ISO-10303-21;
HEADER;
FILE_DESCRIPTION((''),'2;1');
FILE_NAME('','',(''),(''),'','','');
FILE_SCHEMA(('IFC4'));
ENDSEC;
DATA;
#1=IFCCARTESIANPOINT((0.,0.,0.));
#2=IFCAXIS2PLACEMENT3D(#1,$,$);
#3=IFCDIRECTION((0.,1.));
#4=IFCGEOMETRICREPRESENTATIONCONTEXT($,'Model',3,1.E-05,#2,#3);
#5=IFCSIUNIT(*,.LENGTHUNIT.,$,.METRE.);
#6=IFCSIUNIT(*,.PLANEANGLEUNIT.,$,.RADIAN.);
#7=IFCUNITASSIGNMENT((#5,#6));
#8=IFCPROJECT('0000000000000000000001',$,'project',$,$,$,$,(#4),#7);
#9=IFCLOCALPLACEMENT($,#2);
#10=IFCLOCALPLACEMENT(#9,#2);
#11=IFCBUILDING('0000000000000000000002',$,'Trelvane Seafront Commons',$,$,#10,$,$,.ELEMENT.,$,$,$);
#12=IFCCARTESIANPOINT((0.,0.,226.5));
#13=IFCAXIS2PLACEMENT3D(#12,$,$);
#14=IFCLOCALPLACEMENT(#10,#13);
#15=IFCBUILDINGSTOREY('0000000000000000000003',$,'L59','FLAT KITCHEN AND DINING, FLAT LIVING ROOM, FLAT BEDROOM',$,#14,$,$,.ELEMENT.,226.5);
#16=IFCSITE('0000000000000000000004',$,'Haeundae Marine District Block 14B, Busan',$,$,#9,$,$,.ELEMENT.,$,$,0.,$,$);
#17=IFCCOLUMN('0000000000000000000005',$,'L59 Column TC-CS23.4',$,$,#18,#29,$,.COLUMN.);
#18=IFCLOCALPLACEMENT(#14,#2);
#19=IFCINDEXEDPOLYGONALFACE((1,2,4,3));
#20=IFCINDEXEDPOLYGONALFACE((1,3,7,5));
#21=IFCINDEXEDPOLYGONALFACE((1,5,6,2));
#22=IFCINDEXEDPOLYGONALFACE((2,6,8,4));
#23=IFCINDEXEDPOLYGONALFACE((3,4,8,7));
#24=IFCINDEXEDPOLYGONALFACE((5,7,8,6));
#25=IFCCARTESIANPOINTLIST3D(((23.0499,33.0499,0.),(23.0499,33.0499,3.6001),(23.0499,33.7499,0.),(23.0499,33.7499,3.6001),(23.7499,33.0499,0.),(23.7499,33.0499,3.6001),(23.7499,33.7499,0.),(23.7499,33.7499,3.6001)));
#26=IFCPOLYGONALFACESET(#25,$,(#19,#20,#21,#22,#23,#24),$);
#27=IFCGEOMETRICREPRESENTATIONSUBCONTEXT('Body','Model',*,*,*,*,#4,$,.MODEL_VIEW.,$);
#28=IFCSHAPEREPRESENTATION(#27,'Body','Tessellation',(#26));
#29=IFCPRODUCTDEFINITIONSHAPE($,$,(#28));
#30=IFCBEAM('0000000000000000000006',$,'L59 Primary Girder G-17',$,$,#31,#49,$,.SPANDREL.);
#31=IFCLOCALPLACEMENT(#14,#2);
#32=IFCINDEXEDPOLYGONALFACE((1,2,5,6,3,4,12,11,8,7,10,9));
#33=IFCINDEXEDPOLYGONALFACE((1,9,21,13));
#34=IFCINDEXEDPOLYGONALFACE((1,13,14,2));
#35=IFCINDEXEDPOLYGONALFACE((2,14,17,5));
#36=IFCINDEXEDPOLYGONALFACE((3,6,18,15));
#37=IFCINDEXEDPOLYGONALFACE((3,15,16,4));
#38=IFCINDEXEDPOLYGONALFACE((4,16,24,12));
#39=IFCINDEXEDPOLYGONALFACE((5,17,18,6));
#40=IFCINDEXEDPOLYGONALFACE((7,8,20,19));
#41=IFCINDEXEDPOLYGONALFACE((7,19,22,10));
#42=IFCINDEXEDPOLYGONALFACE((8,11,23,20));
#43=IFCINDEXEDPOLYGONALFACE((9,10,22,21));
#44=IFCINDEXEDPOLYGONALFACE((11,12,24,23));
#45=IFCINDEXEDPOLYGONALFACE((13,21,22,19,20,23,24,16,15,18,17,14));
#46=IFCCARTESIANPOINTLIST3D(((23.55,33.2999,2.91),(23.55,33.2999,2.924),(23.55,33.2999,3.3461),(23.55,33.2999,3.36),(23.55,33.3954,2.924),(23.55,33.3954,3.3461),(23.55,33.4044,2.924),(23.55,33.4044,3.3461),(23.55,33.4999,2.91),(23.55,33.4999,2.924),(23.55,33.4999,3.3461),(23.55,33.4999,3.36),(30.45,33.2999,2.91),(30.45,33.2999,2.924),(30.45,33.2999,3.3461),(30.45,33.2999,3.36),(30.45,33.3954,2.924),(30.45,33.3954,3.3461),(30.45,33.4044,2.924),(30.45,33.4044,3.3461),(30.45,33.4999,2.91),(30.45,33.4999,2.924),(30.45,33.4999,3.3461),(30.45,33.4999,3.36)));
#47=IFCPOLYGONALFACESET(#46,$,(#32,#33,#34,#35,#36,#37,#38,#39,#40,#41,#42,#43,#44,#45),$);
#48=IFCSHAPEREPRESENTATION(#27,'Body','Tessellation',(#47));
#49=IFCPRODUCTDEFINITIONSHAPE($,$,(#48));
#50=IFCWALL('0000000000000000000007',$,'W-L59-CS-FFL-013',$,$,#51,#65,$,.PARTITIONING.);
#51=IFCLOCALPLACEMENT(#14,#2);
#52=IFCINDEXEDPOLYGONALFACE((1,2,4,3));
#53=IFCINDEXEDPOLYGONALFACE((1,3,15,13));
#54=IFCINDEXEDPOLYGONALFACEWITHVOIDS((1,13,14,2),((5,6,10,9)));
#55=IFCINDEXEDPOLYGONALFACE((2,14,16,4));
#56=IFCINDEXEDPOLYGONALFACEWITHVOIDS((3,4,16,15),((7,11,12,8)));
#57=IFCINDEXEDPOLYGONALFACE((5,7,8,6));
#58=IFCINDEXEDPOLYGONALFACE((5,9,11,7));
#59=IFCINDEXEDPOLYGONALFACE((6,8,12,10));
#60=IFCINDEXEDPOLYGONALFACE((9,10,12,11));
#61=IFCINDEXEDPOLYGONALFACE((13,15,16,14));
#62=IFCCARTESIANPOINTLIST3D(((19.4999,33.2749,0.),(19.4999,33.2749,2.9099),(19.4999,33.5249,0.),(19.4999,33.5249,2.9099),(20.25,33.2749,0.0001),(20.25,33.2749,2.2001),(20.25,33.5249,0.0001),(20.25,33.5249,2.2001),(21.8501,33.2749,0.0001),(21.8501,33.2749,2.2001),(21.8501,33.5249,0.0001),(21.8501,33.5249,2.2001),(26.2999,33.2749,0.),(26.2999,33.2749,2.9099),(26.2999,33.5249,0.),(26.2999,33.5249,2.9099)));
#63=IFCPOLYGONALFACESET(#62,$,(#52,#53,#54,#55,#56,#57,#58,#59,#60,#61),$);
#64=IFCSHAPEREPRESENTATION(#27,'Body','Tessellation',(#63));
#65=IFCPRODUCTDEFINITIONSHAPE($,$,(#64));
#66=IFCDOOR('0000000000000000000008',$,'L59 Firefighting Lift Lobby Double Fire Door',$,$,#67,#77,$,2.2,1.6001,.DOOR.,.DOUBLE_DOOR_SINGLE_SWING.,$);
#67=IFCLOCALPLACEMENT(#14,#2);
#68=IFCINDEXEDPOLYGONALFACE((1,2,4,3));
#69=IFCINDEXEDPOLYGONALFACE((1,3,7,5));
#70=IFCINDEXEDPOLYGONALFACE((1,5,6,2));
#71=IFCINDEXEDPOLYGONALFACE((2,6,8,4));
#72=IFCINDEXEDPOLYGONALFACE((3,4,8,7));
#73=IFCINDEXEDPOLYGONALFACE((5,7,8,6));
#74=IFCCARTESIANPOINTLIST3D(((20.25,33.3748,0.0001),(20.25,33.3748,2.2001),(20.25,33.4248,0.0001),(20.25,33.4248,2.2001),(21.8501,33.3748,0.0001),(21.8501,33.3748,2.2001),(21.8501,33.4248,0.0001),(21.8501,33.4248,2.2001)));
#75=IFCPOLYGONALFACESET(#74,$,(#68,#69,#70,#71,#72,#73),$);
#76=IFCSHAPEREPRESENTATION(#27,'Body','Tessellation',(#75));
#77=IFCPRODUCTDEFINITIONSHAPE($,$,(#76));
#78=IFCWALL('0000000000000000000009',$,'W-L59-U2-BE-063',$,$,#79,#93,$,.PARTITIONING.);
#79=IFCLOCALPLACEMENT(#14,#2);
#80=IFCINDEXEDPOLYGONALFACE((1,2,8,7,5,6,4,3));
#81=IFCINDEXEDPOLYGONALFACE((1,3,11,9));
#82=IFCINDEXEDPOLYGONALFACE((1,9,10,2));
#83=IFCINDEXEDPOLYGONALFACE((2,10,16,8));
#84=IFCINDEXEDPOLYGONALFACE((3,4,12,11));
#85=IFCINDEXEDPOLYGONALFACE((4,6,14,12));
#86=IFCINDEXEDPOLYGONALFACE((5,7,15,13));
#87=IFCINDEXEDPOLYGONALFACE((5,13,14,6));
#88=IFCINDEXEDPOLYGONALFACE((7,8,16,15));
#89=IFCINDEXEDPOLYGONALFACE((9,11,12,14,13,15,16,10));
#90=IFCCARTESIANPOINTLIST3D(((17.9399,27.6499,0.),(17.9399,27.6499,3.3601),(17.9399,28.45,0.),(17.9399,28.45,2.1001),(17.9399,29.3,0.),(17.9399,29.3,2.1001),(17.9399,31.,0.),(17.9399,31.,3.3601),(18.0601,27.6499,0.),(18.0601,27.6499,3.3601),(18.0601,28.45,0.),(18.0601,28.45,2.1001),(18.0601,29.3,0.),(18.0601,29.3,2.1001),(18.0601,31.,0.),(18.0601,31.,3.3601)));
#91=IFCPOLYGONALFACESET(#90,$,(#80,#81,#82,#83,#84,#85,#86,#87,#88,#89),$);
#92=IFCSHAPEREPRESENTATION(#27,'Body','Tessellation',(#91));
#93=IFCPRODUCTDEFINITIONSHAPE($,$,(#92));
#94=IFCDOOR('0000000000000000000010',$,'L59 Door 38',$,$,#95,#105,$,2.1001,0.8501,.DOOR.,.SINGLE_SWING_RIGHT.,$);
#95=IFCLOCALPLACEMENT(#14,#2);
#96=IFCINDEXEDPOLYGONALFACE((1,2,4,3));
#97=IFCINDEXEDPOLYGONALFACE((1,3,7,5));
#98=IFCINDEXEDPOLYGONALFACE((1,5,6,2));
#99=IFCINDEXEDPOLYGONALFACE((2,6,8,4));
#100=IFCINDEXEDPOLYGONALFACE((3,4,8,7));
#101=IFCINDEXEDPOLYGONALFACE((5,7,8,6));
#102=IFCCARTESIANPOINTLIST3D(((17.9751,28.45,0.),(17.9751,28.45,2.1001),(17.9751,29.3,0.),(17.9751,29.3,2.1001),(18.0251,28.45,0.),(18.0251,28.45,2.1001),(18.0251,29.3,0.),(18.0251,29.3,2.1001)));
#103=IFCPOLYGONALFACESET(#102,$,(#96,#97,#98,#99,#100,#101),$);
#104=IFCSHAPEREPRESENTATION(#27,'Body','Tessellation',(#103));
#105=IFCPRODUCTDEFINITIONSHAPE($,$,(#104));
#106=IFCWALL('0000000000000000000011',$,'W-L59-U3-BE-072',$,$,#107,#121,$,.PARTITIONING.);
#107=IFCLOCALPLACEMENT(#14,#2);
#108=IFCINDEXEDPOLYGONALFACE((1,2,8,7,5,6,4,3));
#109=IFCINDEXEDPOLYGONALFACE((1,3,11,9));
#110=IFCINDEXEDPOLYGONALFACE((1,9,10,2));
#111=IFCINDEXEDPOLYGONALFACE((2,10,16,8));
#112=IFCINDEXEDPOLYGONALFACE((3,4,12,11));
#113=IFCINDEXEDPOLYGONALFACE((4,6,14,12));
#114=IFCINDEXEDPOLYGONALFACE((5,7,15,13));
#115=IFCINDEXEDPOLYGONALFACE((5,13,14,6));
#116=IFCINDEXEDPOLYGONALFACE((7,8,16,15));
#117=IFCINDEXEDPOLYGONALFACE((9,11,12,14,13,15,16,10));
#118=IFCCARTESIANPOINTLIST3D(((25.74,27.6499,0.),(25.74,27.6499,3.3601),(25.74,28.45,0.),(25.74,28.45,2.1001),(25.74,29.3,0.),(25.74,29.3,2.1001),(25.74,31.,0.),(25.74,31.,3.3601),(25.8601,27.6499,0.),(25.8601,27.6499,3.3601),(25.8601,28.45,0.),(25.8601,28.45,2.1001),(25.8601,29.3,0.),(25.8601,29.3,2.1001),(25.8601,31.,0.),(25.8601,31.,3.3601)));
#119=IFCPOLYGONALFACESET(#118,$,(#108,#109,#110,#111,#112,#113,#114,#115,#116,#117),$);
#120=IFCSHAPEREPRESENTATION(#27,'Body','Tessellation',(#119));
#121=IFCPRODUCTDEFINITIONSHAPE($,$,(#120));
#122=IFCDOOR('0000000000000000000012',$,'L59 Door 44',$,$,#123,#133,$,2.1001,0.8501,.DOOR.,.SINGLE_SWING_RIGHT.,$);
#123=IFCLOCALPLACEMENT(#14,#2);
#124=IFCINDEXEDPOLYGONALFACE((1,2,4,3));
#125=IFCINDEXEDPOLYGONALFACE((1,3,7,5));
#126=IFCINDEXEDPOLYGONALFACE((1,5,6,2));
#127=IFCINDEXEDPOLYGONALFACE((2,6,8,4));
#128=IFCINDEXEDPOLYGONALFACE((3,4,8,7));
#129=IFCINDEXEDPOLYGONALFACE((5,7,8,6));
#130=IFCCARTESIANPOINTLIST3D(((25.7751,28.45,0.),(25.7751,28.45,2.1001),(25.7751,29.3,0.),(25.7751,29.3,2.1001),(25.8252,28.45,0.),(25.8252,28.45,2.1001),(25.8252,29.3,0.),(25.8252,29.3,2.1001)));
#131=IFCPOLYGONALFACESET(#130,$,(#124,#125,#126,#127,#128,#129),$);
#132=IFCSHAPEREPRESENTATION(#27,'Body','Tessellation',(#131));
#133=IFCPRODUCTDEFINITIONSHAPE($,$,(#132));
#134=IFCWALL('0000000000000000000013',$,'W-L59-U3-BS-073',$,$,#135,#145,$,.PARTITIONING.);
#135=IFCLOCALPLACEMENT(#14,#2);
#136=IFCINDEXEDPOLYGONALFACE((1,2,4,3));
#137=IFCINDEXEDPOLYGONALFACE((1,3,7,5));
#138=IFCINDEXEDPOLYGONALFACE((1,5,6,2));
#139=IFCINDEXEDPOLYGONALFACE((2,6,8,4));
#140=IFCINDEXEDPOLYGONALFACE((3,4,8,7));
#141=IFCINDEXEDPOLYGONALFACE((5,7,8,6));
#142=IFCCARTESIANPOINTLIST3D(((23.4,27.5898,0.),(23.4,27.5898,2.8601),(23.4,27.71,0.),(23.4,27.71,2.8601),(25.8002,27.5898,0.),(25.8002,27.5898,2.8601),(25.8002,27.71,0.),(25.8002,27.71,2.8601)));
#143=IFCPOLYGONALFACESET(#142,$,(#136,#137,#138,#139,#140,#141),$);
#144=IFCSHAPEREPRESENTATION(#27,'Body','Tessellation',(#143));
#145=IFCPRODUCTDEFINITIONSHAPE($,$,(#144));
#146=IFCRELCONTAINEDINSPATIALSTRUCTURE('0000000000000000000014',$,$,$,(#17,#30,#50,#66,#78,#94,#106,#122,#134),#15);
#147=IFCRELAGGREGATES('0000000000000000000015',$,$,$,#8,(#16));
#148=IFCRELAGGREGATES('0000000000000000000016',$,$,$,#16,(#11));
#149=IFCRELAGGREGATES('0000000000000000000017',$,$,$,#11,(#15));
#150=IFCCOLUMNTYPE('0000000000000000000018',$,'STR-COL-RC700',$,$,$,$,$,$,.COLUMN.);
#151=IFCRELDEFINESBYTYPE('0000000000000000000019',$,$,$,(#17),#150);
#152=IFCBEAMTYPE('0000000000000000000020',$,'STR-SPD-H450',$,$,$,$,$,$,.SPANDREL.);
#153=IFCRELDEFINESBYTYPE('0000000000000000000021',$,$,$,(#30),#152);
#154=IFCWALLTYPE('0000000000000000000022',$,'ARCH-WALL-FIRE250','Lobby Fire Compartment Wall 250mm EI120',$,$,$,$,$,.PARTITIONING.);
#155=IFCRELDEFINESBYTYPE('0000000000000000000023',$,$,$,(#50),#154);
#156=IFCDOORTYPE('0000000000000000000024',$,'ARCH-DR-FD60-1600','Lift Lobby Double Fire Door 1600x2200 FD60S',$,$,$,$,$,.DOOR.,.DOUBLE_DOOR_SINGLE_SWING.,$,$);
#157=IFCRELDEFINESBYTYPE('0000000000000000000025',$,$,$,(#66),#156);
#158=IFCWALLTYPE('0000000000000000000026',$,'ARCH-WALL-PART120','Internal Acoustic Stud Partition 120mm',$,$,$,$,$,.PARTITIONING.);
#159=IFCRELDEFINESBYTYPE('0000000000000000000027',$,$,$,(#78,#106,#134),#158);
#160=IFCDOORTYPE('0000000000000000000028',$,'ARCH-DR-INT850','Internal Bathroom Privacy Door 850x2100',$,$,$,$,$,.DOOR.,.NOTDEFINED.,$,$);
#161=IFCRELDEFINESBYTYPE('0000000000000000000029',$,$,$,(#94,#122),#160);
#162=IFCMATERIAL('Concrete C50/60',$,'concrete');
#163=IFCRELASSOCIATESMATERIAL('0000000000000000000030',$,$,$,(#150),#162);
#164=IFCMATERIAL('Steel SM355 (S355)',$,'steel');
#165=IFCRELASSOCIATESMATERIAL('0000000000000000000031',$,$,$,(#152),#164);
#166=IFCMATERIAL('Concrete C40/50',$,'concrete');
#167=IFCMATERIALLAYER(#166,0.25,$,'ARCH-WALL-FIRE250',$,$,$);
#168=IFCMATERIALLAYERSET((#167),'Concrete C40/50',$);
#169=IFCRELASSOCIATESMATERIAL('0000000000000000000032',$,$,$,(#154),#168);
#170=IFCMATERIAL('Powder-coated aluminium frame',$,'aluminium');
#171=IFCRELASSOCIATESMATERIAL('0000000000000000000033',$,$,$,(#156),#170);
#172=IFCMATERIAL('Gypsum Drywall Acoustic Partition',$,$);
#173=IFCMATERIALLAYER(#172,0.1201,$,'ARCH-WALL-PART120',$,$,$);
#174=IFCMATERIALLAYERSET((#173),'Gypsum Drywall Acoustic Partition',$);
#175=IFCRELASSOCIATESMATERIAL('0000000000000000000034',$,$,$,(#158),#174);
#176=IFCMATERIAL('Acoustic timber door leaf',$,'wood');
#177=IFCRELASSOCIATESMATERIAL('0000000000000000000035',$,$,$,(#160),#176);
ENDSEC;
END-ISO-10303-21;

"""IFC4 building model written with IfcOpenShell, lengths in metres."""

from ifc_helpers import new_model, si_unit, direction, frame, frame_2d, origin, origin_2d, place, context, subcontext, project, spatial, rectangle, i_section, extrude, source, transform, mapped, material, layer, layer_set, material_profile, profile_set, type_object, element, fill, save


model = new_model("IFC4")

# Units and contexts
model_context = context("Model", 3, precision=1e-05, world=origin(), true_north=direction((0.0, 1.0)))
body_context = subcontext(model_context, "Body", "Model", "MODEL_VIEW")
ifc_project = project(units=[si_unit("LENGTHUNIT", "METRE"), si_unit("PLANEANGLEUNIT", "RADIAN")], contexts=[model_context])

# Site, building, storey
site_placement = place(None, origin())
site = spatial("IfcSite", under=ifc_project, at=site_placement, Name="Haeundae Marine District Block 14B, Busan", CompositionType="ELEMENT", RefElevation=0.0)
building_placement = place(site_placement, origin())
building = spatial("IfcBuilding", under=site, at=building_placement, Name="Trelvane Seafront Commons", CompositionType="ELEMENT")
storey_placement = place(building_placement, frame((0.0, 0.0, 226.5)))
storey = spatial("IfcBuildingStorey", under=building, at=storey_placement, Name="L59", Description="FLAT KITCHEN AND DINING, FLAT LIVING ROOM, FLAT BEDROOM", CompositionType="ELEMENT", Elevation=226.5)

# Column
ifc_material_1 = material(Name="Concrete C50/60", Category="concrete")
ifc_material_profile_1 = material_profile(ifc_material_1, rectangle(XDim=0.7, YDim=0.7, at=origin_2d()), Name="RC-700x700")
ifc_profile_set_1 = profile_set([ifc_material_profile_1], Name="Concrete C50/60")
column_type = type_object("IfcColumnType", Name="STR-COL-RC700", PredefinedType="COLUMN", material=ifc_profile_set_1)
shared_shape_1 = source(origin(), body_context, "Body", "SweptSolid", [
    extrude(rectangle(XDim=0.7, YDim=0.7, at=origin_2d()), origin(), (0.0, 0.0, 1.0), 3.6001),
])
column_placement = place(storey_placement, frame((23.3999, 33.3999, 0.0), z_axis=(0.0, 0.0, 1.0), x_axis=(1.0, 0.0, 0.0)))
element("IfcColumn", 1, at=column_placement, inside=storey, type_object=column_type, Name="L59 Column TC-CS23.4", PredefinedType="COLUMN", context=body_context, shape_type="MappedRepresentation", body=[
    mapped(shared_shape_1, transform((0.0, 0.0, 0.0), x_axis=(1.0, 0.0, 0.0), y_axis=(0.0, 1.0, 0.0), z_axis=(0.0, 0.0, 1.0), scale=1.0)),
])

# Beam
ifc_material_2 = material(Name="Steel SM355 (S355)", Category="steel")
ifc_material_profile_2 = material_profile(ifc_material_2, i_section(OverallWidth=0.2, OverallDepth=0.45, WebThickness=0.009, FlangeThickness=0.0139, at=origin_2d()), Name="H-450x200x9x14")
ifc_profile_set_2 = profile_set([ifc_material_profile_2], Name="Steel SM355 (S355)")
beam_type = type_object("IfcBeamType", Name="STR-SPD-H450", PredefinedType="SPANDREL", material=ifc_profile_set_2)
shared_shape_2 = source(origin(), body_context, "Body", "SweptSolid", [
    extrude(i_section(OverallWidth=0.2, OverallDepth=0.45, WebThickness=0.009, FlangeThickness=0.0139, at=origin_2d()), origin(), (0.0, 0.0, 1.0), 6.8999),
])
beam_placement = place(storey_placement, frame((23.55, 33.3999, 3.135), z_axis=(1.0, 0.0, 0.0), x_axis=(0.0, 1.0, 0.0)))
element("IfcBeam", 2, at=beam_placement, inside=storey, type_object=beam_type, Name="L59 Primary Girder G-17", PredefinedType="SPANDREL", context=body_context, shape_type="MappedRepresentation", body=[
    mapped(shared_shape_2, transform((0.0, 0.0, 0.0), x_axis=(1.0, 0.0, 0.0), y_axis=(0.0, 1.0, 0.0), z_axis=(0.0, 0.0, 1.0), scale=1.0)),
])

# Walls, openings, doors
ifc_material_3 = material(Name="Concrete C40/50", Category="concrete")
ifc_layer_1 = layer(ifc_material_3, 0.25, Name="ARCH-WALL-FIRE250")
ifc_layer_set_1 = layer_set([ifc_layer_1], Name="Concrete C40/50")
wall_type_1 = type_object("IfcWallType", Name="ARCH-WALL-FIRE250", Description="Lobby Fire Compartment Wall 250mm EI120", PredefinedType="PARTITIONING", material=ifc_layer_set_1)
wall_1_placement = place(storey_placement, frame((19.5, 33.3999, 0.0), z_axis=(0.0, 0.0, 1.0), x_axis=(1.0, 0.0, 0.0)))
wall_1 = element("IfcWall", 3, at=wall_1_placement, inside=storey, type_object=wall_type_1, Name="W-L59-CS-FFL-013", PredefinedType="PARTITIONING", context=body_context, shape_type="SweptSolid", body=[
    extrude(rectangle(XDim=6.8, YDim=0.25, at=frame_2d((3.3999, 0.0))), origin(), (0.0, 0.0, 1.0), 2.9099),
])
opening_1_placement = place(wall_1_placement, frame((0.75, 0.0, 0.0)))
opening_1 = element("IfcOpeningElement", 4, at=opening_1_placement, cuts=wall_1, PredefinedType="OPENING", context=body_context, shape_type="SweptSolid", body=[
    extrude(rectangle(XDim=1.6001, YDim=2.2, at=frame_2d((0.8, 1.1001))), frame((0.0, 0.135, 0.0), z_axis=(0.0, -1.0, 0.0), x_axis=(1.0, 0.0, 0.0)), (0.0, 0.0, 1.0), 0.27),
])
ifc_material_4 = material(Name="Powder-coated aluminium frame", Category="aluminium")
door_type_1 = type_object("IfcDoorType", Name="ARCH-DR-FD60-1600", Description="Lift Lobby Double Fire Door 1600x2200 FD60S", OperationType="DOUBLE_DOOR_SINGLE_SWING", PredefinedType="DOOR", material=ifc_material_4)
shared_shape_3 = source(origin(), body_context, "Body", "SweptSolid", [
    extrude(rectangle(XDim=1.6001, YDim=2.2, at=frame_2d((0.8, 1.1001))), frame((0.0, 0.0249, 0.0), z_axis=(0.0, -1.0, 0.0), x_axis=(1.0, 0.0, 0.0)), (0.0, 0.0, 1.0), 0.05),
])
door_1_placement = place(opening_1_placement, origin())
door_1 = element("IfcDoor", 5, at=door_1_placement, inside=storey, type_object=door_type_1, Name="L59 Firefighting Lift Lobby Double Fire Door", OperationType="DOUBLE_DOOR_SINGLE_SWING", OverallHeight=2.2, OverallWidth=1.6001, PredefinedType="DOOR", context=body_context, shape_type="MappedRepresentation", body=[
    mapped(shared_shape_3, transform((0.0, 0.0, 0.0), x_axis=(1.0, 0.0, 0.0), y_axis=(0.0, 1.0, 0.0), z_axis=(0.0, 0.0, 1.0), scale=1.0)),
])
fill(opening_1, door_1)
ifc_material_5 = material(Name="Gypsum Drywall Acoustic Partition")
ifc_layer_2 = layer(ifc_material_5, 0.1201, Name="ARCH-WALL-PART120")
ifc_layer_set_2 = layer_set([ifc_layer_2], Name="Gypsum Drywall Acoustic Partition")
wall_type_2 = type_object("IfcWallType", Name="ARCH-WALL-PART120", Description="Internal Acoustic Stud Partition 120mm", PredefinedType="PARTITIONING", material=ifc_layer_set_2)
wall_2_placement = place(storey_placement, frame((18.0, 27.6499, 0.0), z_axis=(0.0, 0.0, 1.0), x_axis=(0.0, 1.0, 0.0)))
wall_2 = element("IfcWall", 6, at=wall_2_placement, inside=storey, type_object=wall_type_2, Name="W-L59-U2-BE-063", PredefinedType="PARTITIONING", context=body_context, shape_type="SweptSolid", body=[
    extrude(rectangle(XDim=3.3501, YDim=0.1201, at=frame_2d((1.675, 0.0))), origin(), (0.0, 0.0, 1.0), 3.3601),
])
opening_2_placement = place(wall_2_placement, frame((0.8, 0.0, 0.0)))
opening_2 = element("IfcOpeningElement", 7, at=opening_2_placement, cuts=wall_2, PredefinedType="OPENING", context=body_context, shape_type="SweptSolid", body=[
    extrude(rectangle(XDim=0.8501, YDim=2.1001, at=frame_2d((0.425, 1.05))), frame((0.0, 0.0701, 0.0), z_axis=(0.0, -1.0, 0.0), x_axis=(1.0, 0.0, 0.0)), (0.0, 0.0, 1.0), 0.1401),
])
ifc_material_6 = material(Name="Acoustic timber door leaf", Category="wood")
door_type_2 = type_object("IfcDoorType", Name="ARCH-DR-INT850", Description="Internal Bathroom Privacy Door 850x2100", OperationType="NOTDEFINED", PredefinedType="DOOR", material=ifc_material_6)
shared_shape_4 = source(origin(), body_context, "Body", "SweptSolid", [
    extrude(rectangle(XDim=0.8501, YDim=2.1001, at=frame_2d((0.425, 1.05))), frame((0.0, 0.0249, 0.0), z_axis=(0.0, -1.0, 0.0), x_axis=(1.0, 0.0, 0.0)), (0.0, 0.0, 1.0), 0.05),
])
door_2_placement = place(opening_2_placement, origin())
door_2 = element("IfcDoor", 8, at=door_2_placement, inside=storey, type_object=door_type_2, Name="L59 Door 38", OperationType="SINGLE_SWING_RIGHT", OverallHeight=2.1001, OverallWidth=0.8501, PredefinedType="DOOR", context=body_context, shape_type="MappedRepresentation", body=[
    mapped(shared_shape_4, transform((0.0, 0.0, 0.0), x_axis=(1.0, 0.0, 0.0), y_axis=(0.0, 1.0, 0.0), z_axis=(0.0, 0.0, 1.0), scale=1.0)),
])
fill(opening_2, door_2)
wall_3_placement = place(storey_placement, frame((25.8, 27.6499, 0.0), z_axis=(0.0, 0.0, 1.0), x_axis=(0.0, 1.0, 0.0)))
wall_3 = element("IfcWall", 9, at=wall_3_placement, inside=storey, type_object=wall_type_2, Name="W-L59-U3-BE-072", PredefinedType="PARTITIONING", context=body_context, shape_type="SweptSolid", body=[
    extrude(rectangle(XDim=3.3501, YDim=0.1201, at=frame_2d((1.675, 0.0))), origin(), (0.0, 0.0, 1.0), 3.3601),
])
opening_3_placement = place(wall_3_placement, frame((0.8, 0.0, 0.0)))
opening_3 = element("IfcOpeningElement", 10, at=opening_3_placement, cuts=wall_3, PredefinedType="OPENING", context=body_context, shape_type="SweptSolid", body=[
    extrude(rectangle(XDim=0.8501, YDim=2.1001, at=frame_2d((0.425, 1.05))), frame((0.0, 0.0701, 0.0), z_axis=(0.0, -1.0, 0.0), x_axis=(1.0, 0.0, 0.0)), (0.0, 0.0, 1.0), 0.1401),
])
door_3_placement = place(opening_3_placement, origin())
door_3 = element("IfcDoor", 11, at=door_3_placement, inside=storey, type_object=door_type_2, Name="L59 Door 44", OperationType="SINGLE_SWING_RIGHT", OverallHeight=2.1001, OverallWidth=0.8501, PredefinedType="DOOR", context=body_context, shape_type="MappedRepresentation", body=[
    mapped(shared_shape_4, transform((0.0, 0.0, 0.0), x_axis=(1.0, 0.0, 0.0), y_axis=(0.0, 1.0, 0.0), z_axis=(0.0, 0.0, 1.0), scale=1.0)),
])
fill(opening_3, door_3)

# Wall
wall_4_placement = place(storey_placement, frame((23.3999, 27.6499, 0.0), z_axis=(0.0, 0.0, 1.0), x_axis=(1.0, 0.0, 0.0)))
element("IfcWall", 12, at=wall_4_placement, inside=storey, type_object=wall_type_2, Name="W-L59-U3-BS-073", PredefinedType="PARTITIONING", context=body_context, shape_type="SweptSolid", body=[
    extrude(rectangle(XDim=2.4001, YDim=0.1201, at=frame_2d((1.2002, 0.0))), origin(), (0.0, 0.0, 1.0), 2.8601),
])

save(model, "model.ifc")
